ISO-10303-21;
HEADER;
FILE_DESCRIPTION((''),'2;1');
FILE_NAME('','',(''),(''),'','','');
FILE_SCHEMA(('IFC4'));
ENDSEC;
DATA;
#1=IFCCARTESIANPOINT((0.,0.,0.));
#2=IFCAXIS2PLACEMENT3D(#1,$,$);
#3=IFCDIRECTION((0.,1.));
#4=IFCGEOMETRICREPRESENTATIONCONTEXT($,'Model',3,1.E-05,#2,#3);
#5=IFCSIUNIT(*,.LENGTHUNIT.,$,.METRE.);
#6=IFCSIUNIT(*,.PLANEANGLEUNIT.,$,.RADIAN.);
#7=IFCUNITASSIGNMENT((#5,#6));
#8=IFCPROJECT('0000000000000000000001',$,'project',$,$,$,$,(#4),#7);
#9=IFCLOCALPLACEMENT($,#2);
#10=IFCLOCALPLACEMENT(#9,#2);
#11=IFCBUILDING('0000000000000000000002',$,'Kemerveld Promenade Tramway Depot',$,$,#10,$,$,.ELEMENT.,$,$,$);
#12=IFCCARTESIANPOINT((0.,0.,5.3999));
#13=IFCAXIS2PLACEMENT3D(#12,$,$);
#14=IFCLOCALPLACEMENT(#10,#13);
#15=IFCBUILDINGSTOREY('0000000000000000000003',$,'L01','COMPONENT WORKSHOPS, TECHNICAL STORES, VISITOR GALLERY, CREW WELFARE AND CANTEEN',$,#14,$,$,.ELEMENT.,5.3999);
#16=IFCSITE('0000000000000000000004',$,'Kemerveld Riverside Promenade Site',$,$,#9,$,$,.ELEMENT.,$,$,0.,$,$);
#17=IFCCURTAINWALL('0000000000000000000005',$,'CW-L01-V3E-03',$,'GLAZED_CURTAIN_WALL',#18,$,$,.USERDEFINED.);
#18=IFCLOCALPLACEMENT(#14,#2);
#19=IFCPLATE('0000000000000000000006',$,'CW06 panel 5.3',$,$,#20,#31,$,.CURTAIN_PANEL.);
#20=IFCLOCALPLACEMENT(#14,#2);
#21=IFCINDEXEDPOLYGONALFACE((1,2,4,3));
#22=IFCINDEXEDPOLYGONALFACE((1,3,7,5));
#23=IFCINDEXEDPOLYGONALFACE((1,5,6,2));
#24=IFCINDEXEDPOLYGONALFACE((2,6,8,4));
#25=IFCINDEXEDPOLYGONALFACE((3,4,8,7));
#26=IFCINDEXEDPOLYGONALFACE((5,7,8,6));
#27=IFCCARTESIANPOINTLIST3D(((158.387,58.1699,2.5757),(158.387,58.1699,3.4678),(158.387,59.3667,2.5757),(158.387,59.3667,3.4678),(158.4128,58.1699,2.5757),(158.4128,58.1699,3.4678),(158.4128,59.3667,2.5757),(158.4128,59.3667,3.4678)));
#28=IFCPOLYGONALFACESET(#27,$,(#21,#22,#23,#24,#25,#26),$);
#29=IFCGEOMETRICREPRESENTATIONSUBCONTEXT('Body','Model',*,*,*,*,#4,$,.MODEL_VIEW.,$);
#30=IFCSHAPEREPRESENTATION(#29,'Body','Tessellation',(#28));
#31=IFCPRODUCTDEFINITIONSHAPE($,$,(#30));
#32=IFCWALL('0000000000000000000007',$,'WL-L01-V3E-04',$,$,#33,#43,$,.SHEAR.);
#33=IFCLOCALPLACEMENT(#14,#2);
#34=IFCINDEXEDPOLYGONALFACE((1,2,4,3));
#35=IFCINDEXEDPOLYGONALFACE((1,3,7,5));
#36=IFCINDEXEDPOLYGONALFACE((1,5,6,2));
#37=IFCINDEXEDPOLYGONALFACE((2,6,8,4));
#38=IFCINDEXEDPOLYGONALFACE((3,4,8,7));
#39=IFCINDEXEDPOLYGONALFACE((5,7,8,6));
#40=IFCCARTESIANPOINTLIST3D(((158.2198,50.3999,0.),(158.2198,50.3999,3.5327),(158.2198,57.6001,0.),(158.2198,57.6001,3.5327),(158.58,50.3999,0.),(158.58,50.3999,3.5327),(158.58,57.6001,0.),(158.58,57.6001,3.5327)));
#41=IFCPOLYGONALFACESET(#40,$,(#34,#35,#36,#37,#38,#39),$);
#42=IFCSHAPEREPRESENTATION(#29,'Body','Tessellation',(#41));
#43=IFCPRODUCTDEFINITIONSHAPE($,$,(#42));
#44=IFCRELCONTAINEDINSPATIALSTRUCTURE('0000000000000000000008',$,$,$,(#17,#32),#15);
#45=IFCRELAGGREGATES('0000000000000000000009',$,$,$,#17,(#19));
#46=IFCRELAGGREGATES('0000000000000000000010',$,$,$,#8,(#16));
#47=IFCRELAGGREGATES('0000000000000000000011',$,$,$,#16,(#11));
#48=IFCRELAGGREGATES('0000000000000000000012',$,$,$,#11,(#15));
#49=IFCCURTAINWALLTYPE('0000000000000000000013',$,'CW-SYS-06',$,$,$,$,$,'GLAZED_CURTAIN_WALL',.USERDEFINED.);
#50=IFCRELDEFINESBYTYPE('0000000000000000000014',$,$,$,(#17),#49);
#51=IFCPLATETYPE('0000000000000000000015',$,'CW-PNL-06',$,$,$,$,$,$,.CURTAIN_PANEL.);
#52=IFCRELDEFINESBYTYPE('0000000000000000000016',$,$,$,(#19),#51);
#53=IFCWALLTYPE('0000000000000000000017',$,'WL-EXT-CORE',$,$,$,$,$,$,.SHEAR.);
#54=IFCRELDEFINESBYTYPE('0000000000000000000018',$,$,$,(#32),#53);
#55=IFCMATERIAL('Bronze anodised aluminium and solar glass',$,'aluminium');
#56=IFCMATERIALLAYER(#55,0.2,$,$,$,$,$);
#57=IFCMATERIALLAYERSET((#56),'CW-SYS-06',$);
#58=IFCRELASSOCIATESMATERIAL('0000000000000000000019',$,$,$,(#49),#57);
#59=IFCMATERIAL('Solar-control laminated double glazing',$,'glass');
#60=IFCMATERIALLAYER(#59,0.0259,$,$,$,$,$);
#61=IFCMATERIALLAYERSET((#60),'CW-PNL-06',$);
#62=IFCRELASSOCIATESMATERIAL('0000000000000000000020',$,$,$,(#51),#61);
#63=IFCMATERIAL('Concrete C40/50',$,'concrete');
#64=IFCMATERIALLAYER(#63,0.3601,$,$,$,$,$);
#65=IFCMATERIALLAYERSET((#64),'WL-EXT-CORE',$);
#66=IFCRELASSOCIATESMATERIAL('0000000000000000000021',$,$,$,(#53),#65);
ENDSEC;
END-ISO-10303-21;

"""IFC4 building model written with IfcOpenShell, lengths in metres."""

from ifc_helpers import new_model, si_unit, direction, frame, frame_2d, origin, origin_2d, place, context, subcontext, project, spatial, rectangle, extrude, material, layer, layer_set, type_object, element, aggregate, save


model = new_model("IFC4")

# Units and contexts
model_context = context("Model", 3, precision=1e-05, world=origin(), true_north=direction((0.0, 1.0)))
body_context = subcontext(model_context, "Body", "Model", "MODEL_VIEW")
ifc_project = project(units=[si_unit("LENGTHUNIT", "METRE"), si_unit("PLANEANGLEUNIT", "RADIAN")], contexts=[model_context])

# Site, building, storey
site_placement = place(None, origin())
site = spatial("IfcSite", under=ifc_project, at=site_placement, Name="Kemerveld Riverside Promenade Site", CompositionType="ELEMENT", RefElevation=0.0)
building_placement = place(site_placement, origin())
building = spatial("IfcBuilding", under=site, at=building_placement, Name="Kemerveld Promenade Tramway Depot", CompositionType="ELEMENT")
storey_placement = place(building_placement, frame((0.0, 0.0, 5.3999)))
storey = spatial("IfcBuildingStorey", under=building, at=storey_placement, Name="L01", Description="COMPONENT WORKSHOPS, TECHNICAL STORES, VISITOR GALLERY, CREW WELFARE AND CANTEEN", CompositionType="ELEMENT", Elevation=5.3999)

# Curtain wall
ifc_material_1 = material(Name="Bronze anodised aluminium and solar glass", Category="aluminium")
ifc_layer_1 = layer(ifc_material_1, 0.2)
ifc_layer_set_1 = layer_set([ifc_layer_1], Name="CW-SYS-06")
curtain_wall_type_1 = type_object("IfcCurtainWallType", Name="CW-SYS-06", ElementType="GLAZED_CURTAIN_WALL", PredefinedType="USERDEFINED", material=ifc_layer_set_1)
curtain_wall_1_placement = place(storey_placement, origin())
curtain_wall_1 = element("IfcCurtainWall", 1, at=curtain_wall_1_placement, inside=storey, type_object=curtain_wall_type_1, Name="CW-L01-V3E-03", ObjectType="GLAZED_CURTAIN_WALL", PredefinedType="USERDEFINED")

# Plate
ifc_material_2 = material(Name="Solar-control laminated double glazing", Category="glass")
ifc_layer_2 = layer(ifc_material_2, 0.0259)
ifc_layer_set_2 = layer_set([ifc_layer_2], Name="CW-PNL-06")
plate_type_1 = type_object("IfcPlateType", Name="CW-PNL-06", PredefinedType="CURTAIN_PANEL", material=ifc_layer_set_2)
plate_1_placement = place(storey_placement, frame((158.3999, 58.7683, 2.5757), z_axis=(0.0, 0.0, 1.0), x_axis=(0.0, -1.0, 0.0)))
plate_1 = element("IfcPlate", 2, at=plate_1_placement, type_object=plate_type_1, Name="CW06 panel 5.3", PredefinedType="CURTAIN_PANEL", context=body_context, shape_type="SweptSolid", body=[
    extrude(rectangle(XDim=1.1968, YDim=0.0259, at=origin_2d()), origin(), (0.0, 0.0, 1.0), 0.8921),
])
aggregate(curtain_wall_1, [plate_1])

# Wall
ifc_material_3 = material(Name="Concrete C40/50", Category="concrete")
ifc_layer_3 = layer(ifc_material_3, 0.3601)
ifc_layer_set_3 = layer_set([ifc_layer_3], Name="WL-EXT-CORE")
wall_type = type_object("IfcWallType", Name="WL-EXT-CORE", PredefinedType="SHEAR", material=ifc_layer_set_3)
wall_placement = place(storey_placement, frame((158.3999, 57.6001, 0.0), z_axis=(0.0, 0.0, 1.0), x_axis=(0.0, -1.0, 0.0)))
element("IfcWall", 3, at=wall_placement, inside=storey, type_object=wall_type, Name="WL-L01-V3E-04", PredefinedType="SHEAR", context=body_context, shape_type="SweptSolid", body=[
    extrude(rectangle(XDim=7.2002, YDim=0.3601, at=frame_2d((3.6001, 0.0))), origin(), (0.0, 0.0, 1.0), 3.5327),
])

save(model, "model.ifc")
